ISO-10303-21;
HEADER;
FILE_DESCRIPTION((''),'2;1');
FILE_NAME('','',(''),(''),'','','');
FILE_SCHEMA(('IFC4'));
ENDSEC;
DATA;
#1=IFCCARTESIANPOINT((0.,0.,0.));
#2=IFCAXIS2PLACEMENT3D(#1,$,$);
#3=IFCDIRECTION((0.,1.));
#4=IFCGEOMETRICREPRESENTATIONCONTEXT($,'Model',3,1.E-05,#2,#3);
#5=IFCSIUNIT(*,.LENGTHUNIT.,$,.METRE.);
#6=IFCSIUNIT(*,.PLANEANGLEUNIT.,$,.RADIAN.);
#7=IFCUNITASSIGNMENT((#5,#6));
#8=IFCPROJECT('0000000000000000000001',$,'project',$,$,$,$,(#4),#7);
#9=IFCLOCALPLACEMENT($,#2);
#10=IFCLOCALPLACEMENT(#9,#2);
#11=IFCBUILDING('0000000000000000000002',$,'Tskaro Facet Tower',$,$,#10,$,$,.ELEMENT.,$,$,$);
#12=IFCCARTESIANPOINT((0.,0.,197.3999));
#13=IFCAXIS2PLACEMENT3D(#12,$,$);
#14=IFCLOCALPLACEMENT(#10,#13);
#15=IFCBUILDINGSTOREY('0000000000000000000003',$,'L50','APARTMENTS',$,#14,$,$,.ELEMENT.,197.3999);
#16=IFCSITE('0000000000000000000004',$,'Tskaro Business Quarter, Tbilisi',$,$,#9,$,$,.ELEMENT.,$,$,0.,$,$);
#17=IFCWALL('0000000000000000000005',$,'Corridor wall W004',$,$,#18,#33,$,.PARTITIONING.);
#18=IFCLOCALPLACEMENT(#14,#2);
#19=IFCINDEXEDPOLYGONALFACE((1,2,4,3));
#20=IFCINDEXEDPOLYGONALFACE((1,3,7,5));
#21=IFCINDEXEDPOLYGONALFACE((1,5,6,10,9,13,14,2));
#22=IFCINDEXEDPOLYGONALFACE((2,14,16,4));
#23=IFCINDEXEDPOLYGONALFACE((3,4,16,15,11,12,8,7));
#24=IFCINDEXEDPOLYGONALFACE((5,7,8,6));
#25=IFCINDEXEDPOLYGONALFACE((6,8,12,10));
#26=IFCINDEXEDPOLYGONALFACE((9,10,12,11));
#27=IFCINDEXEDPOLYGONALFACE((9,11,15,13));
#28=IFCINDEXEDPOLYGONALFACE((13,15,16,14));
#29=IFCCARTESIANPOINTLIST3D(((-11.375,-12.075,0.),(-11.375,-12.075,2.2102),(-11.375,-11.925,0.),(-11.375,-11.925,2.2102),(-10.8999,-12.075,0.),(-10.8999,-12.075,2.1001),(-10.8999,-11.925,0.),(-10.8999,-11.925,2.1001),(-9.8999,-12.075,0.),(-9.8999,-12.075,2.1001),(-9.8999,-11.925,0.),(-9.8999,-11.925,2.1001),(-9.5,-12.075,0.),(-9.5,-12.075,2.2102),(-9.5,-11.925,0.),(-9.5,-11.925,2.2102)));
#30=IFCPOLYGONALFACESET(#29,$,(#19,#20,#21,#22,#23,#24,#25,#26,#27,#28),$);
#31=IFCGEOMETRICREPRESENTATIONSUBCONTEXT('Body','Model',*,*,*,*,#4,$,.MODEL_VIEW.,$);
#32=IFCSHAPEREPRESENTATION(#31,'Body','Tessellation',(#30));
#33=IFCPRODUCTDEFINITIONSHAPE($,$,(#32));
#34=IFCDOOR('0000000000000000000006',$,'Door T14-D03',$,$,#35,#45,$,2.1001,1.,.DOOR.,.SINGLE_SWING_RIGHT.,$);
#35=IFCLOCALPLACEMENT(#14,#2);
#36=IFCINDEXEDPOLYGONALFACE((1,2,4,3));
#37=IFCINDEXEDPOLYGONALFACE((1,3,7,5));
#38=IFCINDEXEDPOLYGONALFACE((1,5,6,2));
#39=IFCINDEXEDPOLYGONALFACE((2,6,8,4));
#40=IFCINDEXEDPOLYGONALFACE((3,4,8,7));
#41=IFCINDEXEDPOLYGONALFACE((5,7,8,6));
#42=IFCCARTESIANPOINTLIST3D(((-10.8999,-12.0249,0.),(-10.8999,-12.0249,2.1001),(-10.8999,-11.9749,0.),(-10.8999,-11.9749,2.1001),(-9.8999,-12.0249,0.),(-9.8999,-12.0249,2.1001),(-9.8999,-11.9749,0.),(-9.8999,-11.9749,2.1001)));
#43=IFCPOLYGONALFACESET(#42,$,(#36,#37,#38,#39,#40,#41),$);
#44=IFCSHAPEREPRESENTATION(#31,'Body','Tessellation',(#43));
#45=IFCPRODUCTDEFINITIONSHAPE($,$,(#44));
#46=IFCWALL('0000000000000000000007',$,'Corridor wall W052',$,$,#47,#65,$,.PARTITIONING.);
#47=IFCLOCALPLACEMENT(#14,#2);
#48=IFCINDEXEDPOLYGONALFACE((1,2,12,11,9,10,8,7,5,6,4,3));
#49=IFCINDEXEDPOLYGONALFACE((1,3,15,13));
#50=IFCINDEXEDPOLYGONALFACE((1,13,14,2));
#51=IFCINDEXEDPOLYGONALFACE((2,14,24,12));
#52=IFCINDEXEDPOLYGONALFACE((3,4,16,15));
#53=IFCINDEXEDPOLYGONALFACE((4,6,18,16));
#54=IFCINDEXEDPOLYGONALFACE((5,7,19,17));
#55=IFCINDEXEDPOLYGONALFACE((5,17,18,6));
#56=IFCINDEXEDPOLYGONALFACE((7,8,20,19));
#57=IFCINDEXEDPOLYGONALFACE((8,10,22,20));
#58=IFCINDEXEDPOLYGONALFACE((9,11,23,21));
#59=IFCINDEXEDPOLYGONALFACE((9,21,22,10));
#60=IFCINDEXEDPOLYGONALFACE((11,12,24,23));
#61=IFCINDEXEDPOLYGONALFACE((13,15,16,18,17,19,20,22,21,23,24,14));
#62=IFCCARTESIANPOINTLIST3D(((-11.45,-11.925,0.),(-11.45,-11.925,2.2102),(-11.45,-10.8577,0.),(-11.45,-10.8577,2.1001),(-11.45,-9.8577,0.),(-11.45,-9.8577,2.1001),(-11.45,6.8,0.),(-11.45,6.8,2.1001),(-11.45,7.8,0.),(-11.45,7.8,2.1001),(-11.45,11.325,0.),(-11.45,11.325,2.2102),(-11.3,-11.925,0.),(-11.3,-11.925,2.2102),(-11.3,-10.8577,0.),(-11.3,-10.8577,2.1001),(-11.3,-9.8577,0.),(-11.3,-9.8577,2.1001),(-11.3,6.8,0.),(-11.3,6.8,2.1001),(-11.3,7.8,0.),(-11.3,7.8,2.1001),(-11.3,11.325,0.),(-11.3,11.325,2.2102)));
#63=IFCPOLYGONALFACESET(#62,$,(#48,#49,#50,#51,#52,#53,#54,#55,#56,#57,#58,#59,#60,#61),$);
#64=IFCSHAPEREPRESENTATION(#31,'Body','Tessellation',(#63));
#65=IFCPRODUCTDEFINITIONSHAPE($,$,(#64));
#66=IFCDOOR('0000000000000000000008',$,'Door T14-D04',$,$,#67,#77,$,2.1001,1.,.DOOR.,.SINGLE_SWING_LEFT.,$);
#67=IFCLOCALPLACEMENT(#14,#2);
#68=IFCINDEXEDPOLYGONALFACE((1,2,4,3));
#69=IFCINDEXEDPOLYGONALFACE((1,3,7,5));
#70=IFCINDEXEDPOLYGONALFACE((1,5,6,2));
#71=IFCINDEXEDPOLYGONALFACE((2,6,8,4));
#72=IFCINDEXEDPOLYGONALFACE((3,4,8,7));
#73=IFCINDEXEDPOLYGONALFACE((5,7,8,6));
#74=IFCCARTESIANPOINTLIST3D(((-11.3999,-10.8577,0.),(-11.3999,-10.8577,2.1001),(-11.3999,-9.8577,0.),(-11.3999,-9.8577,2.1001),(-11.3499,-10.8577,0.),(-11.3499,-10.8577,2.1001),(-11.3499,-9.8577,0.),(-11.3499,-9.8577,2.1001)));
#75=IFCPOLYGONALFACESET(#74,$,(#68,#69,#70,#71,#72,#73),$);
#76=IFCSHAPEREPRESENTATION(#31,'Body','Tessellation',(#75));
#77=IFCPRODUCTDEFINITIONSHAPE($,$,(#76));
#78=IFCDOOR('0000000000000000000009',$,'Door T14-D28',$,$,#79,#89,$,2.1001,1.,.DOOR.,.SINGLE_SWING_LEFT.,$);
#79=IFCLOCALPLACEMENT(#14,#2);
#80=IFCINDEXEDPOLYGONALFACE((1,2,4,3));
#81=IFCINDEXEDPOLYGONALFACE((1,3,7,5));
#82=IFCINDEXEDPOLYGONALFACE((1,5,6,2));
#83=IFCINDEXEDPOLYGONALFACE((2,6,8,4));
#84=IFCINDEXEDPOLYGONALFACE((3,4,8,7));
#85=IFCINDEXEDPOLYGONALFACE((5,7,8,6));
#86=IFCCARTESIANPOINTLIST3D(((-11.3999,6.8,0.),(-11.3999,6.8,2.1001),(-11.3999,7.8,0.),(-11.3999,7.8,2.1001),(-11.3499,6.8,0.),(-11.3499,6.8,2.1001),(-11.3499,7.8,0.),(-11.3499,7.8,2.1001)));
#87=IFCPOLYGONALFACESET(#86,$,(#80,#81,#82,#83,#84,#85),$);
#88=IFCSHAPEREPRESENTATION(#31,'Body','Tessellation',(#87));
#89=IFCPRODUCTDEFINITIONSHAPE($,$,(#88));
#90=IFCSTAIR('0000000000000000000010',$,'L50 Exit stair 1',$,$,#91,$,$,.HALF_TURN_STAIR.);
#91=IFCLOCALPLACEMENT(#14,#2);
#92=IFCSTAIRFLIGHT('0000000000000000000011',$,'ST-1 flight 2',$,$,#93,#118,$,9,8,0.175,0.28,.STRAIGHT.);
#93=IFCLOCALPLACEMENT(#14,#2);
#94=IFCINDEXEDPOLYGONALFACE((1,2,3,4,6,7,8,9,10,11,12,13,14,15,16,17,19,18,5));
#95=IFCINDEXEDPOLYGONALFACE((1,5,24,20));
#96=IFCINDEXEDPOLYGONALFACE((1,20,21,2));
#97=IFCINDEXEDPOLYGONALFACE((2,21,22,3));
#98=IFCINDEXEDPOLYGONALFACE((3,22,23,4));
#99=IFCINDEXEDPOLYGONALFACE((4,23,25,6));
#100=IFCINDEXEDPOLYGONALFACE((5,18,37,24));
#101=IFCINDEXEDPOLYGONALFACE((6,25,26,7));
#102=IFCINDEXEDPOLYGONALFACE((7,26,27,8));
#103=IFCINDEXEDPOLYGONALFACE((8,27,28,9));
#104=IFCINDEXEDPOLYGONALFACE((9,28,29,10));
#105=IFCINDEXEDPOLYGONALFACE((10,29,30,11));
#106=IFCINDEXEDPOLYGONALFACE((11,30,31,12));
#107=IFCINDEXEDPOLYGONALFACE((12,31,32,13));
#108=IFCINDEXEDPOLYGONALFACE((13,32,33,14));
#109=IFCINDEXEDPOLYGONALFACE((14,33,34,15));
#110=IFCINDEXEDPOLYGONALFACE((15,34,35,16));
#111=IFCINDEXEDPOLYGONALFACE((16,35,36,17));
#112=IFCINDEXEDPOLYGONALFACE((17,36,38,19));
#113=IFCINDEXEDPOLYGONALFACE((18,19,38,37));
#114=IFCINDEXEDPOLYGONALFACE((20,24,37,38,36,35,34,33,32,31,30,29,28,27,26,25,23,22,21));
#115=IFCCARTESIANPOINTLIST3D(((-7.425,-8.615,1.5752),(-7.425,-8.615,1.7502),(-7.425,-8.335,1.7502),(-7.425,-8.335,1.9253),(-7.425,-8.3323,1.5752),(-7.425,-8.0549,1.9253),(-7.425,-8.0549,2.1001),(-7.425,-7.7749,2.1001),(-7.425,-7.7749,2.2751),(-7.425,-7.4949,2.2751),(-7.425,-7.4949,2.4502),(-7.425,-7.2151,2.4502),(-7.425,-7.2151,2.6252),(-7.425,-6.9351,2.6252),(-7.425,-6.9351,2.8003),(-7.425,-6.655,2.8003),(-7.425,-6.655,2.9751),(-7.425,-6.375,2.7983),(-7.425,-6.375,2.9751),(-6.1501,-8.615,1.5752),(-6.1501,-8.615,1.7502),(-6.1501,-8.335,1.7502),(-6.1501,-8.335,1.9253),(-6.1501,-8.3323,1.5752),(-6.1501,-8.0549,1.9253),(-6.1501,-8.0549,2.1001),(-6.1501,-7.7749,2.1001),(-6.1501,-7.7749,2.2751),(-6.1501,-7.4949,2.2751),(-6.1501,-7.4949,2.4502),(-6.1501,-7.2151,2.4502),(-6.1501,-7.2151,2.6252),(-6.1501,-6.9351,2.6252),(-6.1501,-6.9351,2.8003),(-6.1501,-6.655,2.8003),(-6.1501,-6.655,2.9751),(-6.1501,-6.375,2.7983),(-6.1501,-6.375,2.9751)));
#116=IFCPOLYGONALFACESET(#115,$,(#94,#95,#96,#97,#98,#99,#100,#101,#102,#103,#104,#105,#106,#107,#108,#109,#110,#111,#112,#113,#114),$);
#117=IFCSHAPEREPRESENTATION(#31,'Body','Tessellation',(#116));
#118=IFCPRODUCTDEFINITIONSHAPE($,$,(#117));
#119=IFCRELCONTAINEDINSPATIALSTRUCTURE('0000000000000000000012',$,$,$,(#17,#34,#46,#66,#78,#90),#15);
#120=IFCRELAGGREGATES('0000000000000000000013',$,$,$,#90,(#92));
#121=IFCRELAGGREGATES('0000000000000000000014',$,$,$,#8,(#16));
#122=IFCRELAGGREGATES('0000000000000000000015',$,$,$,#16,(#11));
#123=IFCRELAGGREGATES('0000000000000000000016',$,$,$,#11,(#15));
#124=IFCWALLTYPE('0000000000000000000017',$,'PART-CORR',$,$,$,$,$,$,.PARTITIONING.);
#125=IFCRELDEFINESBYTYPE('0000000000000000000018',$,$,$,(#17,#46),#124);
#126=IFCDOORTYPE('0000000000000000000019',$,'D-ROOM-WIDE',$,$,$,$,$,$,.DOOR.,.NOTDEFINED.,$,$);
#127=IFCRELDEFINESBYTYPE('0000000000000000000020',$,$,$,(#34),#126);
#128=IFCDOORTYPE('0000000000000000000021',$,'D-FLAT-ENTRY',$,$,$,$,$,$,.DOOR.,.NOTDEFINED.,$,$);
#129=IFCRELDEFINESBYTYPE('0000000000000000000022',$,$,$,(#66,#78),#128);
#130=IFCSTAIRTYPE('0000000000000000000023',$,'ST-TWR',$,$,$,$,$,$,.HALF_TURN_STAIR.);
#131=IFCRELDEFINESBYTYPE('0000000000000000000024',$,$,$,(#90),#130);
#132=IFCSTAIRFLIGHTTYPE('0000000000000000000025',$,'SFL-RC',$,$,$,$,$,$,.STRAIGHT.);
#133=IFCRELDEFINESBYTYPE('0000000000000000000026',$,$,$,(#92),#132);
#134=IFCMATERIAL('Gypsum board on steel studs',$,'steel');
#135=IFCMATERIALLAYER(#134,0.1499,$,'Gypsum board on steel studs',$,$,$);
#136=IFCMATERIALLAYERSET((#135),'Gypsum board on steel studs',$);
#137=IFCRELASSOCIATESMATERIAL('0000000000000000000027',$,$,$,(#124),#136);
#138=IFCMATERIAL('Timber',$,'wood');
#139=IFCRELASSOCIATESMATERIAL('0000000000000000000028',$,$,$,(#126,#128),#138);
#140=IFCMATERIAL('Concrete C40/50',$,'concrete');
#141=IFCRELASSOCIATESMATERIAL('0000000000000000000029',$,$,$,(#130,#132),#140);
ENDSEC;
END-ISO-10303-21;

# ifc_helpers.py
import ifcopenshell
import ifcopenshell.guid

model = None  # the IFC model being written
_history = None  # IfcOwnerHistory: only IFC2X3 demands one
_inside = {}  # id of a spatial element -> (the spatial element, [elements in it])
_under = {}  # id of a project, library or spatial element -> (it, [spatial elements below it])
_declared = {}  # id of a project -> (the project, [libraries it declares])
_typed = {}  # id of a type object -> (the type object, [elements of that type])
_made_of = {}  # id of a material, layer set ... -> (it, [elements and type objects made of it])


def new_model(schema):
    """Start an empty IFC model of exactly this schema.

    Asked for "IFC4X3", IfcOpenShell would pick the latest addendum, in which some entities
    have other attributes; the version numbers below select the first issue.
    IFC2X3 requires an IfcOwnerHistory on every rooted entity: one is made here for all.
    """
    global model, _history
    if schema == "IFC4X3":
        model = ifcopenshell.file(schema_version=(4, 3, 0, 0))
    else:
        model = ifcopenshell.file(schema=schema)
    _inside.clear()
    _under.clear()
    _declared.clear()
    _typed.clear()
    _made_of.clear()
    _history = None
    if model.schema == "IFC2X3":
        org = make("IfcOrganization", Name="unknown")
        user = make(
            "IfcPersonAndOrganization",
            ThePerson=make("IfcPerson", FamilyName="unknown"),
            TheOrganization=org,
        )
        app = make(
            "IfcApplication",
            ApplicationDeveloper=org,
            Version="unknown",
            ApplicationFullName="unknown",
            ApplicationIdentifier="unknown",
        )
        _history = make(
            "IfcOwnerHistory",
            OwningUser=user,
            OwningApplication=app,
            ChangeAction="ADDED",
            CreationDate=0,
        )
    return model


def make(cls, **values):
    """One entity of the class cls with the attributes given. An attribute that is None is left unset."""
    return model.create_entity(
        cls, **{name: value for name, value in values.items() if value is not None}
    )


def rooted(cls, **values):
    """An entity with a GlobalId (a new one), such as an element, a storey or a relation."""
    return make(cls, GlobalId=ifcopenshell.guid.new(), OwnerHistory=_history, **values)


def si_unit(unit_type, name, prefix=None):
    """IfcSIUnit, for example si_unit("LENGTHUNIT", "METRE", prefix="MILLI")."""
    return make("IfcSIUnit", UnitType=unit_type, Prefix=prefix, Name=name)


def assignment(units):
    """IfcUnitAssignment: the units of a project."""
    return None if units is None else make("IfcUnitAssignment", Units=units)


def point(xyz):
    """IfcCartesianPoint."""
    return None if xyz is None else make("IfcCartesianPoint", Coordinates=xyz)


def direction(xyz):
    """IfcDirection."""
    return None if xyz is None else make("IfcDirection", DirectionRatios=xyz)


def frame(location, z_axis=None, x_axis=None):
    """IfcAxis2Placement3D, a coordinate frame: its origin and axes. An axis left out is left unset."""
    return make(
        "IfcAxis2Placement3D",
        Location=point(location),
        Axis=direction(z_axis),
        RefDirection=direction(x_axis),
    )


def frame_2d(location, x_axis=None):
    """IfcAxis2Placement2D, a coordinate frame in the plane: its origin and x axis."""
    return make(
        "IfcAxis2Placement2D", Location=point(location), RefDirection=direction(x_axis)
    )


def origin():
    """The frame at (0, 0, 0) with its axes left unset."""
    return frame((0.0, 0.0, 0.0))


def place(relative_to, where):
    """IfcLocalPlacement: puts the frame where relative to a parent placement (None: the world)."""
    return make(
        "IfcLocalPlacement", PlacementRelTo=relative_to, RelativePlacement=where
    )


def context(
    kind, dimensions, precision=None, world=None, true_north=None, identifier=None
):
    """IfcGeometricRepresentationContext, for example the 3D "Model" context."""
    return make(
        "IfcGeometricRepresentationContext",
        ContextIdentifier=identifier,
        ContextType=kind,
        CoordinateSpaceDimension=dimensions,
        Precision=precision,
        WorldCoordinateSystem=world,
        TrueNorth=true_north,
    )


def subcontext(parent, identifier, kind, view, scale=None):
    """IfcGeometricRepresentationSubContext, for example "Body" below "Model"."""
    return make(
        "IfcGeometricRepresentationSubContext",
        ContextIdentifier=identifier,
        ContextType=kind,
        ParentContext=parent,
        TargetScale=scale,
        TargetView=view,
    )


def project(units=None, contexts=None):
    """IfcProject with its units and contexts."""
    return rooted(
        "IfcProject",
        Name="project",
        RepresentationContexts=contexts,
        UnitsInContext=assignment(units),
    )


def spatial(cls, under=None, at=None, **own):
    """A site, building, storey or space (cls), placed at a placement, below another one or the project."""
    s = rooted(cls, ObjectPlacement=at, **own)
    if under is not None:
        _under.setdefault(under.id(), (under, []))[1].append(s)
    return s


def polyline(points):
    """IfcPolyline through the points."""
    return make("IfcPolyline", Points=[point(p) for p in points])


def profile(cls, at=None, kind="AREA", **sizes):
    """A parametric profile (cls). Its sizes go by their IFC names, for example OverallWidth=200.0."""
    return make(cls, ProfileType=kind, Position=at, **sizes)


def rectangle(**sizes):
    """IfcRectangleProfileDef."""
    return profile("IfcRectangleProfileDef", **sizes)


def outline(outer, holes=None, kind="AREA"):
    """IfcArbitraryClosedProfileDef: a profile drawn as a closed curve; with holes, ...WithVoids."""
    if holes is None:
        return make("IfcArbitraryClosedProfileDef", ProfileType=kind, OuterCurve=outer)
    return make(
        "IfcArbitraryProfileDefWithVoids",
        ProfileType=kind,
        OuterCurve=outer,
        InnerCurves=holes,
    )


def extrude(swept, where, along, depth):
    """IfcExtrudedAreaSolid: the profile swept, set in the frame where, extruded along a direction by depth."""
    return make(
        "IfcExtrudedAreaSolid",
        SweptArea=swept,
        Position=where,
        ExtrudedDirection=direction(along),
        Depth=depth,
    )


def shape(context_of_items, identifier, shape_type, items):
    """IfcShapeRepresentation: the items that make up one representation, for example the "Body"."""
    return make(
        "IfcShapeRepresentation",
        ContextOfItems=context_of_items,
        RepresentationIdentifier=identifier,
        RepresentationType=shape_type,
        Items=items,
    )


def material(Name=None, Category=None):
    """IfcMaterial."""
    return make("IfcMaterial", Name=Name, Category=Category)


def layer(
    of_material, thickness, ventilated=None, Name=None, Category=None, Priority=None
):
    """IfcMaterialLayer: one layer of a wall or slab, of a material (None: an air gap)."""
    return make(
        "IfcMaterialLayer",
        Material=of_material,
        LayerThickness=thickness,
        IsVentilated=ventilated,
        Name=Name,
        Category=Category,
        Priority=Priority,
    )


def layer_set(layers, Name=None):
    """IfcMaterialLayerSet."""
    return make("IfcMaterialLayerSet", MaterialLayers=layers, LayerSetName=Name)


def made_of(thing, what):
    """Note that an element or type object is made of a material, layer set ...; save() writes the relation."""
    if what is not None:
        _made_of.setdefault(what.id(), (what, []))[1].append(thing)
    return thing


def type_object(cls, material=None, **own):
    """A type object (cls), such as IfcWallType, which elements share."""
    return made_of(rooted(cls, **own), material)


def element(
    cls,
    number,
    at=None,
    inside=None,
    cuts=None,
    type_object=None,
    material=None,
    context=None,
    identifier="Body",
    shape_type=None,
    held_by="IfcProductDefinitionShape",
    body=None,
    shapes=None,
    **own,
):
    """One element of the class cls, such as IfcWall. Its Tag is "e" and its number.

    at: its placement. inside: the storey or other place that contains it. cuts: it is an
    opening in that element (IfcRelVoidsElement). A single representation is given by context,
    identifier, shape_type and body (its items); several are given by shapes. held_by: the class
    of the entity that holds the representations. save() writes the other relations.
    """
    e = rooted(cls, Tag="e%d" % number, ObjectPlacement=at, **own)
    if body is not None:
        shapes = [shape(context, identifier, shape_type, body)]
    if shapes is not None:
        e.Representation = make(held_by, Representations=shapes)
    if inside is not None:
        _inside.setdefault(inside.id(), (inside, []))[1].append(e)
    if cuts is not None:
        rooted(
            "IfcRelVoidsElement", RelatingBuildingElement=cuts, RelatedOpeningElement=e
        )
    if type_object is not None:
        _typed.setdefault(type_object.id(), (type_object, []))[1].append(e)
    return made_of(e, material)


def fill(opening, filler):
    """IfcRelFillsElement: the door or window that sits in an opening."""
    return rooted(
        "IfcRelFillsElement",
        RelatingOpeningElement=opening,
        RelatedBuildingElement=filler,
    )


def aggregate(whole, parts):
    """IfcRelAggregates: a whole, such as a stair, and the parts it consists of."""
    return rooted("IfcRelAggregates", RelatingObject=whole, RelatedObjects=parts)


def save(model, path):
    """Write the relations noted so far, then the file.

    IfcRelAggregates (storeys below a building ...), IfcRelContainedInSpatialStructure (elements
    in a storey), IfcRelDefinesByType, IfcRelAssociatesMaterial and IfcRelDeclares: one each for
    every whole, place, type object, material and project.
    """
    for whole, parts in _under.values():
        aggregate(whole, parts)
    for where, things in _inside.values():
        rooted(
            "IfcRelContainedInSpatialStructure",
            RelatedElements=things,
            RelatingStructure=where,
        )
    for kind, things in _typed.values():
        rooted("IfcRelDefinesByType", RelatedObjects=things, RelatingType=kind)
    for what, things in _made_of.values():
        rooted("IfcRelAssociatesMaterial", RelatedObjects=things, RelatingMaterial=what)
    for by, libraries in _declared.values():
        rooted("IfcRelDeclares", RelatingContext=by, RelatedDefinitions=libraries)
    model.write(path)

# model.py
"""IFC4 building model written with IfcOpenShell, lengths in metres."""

from ifc_helpers import new_model, si_unit, direction, frame, frame_2d, origin, place, context, subcontext, project, spatial, polyline, rectangle, outline, extrude, material, layer, layer_set, type_object, element, fill, aggregate, save


model = new_model("IFC4")

# Units and contexts
model_context = context("Model", 3, precision=1e-05, world=origin(), true_north=direction((0.0, 1.0)))
body_context = subcontext(model_context, "Body", "Model", "MODEL_VIEW")
ifc_project = project(units=[si_unit("LENGTHUNIT", "METRE"), si_unit("PLANEANGLEUNIT", "RADIAN")], contexts=[model_context])

# Site, building, storey
site_placement = place(None, origin())
site = spatial("IfcSite", under=ifc_project, at=site_placement, Name="Tskaro Business Quarter, Tbilisi", CompositionType="ELEMENT", RefElevation=0.0)
building_placement = place(site_placement, origin())
building = spatial("IfcBuilding", under=site, at=building_placement, Name="Tskaro Facet Tower", CompositionType="ELEMENT")
storey_placement = place(building_placement, frame((0.0, 0.0, 197.3999)))
storey = spatial("IfcBuildingStorey", under=building, at=storey_placement, Name="L50", Description="APARTMENTS", CompositionType="ELEMENT", Elevation=197.3999)

# Shared definitions
ifc_material_1 = material(Name="Concrete C40/50", Category="concrete")

# Wall, opening, door
ifc_material_2 = material(Name="Gypsum board on steel studs", Category="steel")
ifc_layer_1 = layer(ifc_material_2, 0.1499, Name="Gypsum board on steel studs")
ifc_layer_set_1 = layer_set([ifc_layer_1], Name="Gypsum board on steel studs")
wall_type_1 = type_object("IfcWallType", Name="PART-CORR", PredefinedType="PARTITIONING", material=ifc_layer_set_1)
wall_1_placement = place(storey_placement, frame((-9.5, -12.0, 0.0), z_axis=(0.0, 0.0, 1.0), x_axis=(-1.0, 0.0, 0.0)))
wall_1 = element("IfcWall", 1, at=wall_1_placement, inside=storey, type_object=wall_type_1, Name="Corridor wall W004", PredefinedType="PARTITIONING", context=body_context, shape_type="SweptSolid", body=[
    extrude(rectangle(XDim=1.875, YDim=0.1499, at=frame_2d((0.9375, 0.0))), origin(), (0.0, 0.0, 1.0), 2.2102),
])
opening_1_placement = place(wall_1_placement, frame((0.3999, 0.0, 0.0)))
opening_1 = element("IfcOpeningElement", 2, at=opening_1_placement, cuts=wall_1, PredefinedType="OPENING", context=body_context, shape_type="SweptSolid", body=[
    extrude(rectangle(XDim=1.0, YDim=2.1001, at=frame_2d((0.5, 1.05))), frame((0.0, 0.085, 0.0), z_axis=(0.0, -1.0, 0.0), x_axis=(1.0, 0.0, 0.0)), (0.0, 0.0, 1.0), 0.1699),
])
ifc_material_3 = material(Name="Timber", Category="wood")
door_type_1 = type_object("IfcDoorType", Name="D-ROOM-WIDE", OperationType="NOTDEFINED", PredefinedType="DOOR", material=ifc_material_3)
door_1_placement = place(opening_1_placement, origin())
door_1 = element("IfcDoor", 3, at=door_1_placement, inside=storey, type_object=door_type_1, Name="Door T14-D03", OperationType="SINGLE_SWING_RIGHT", OverallHeight=2.1001, OverallWidth=1.0, PredefinedType="DOOR", context=body_context, shape_type="SweptSolid", body=[
    extrude(rectangle(XDim=1.0, YDim=2.1001, at=frame_2d((0.5, 1.05))), frame((0.0, 0.0249, 0.0), z_axis=(0.0, -1.0, 0.0), x_axis=(1.0, 0.0, 0.0)), (0.0, 0.0, 1.0), 0.05),
])
fill(opening_1, door_1)

# Wall, openings, doors
wall_2_placement = place(storey_placement, frame((-11.375, -11.925, 0.0), z_axis=(0.0, 0.0, 1.0), x_axis=(0.0, 1.0, 0.0)))
wall_2 = element("IfcWall", 4, at=wall_2_placement, inside=storey, type_object=wall_type_1, Name="Corridor wall W052", PredefinedType="PARTITIONING", context=body_context, shape_type="SweptSolid", body=[
    extrude(rectangle(XDim=23.25, YDim=0.1499, at=frame_2d((11.625, 0.0))), origin(), (0.0, 0.0, 1.0), 2.2102),
])
opening_2_placement = place(wall_2_placement, frame((1.0674, 0.0, 0.0)))
opening_2 = element("IfcOpeningElement", 5, at=opening_2_placement, cuts=wall_2, PredefinedType="OPENING", context=body_context, shape_type="SweptSolid", body=[
    extrude(rectangle(XDim=1.0, YDim=2.1001, at=frame_2d((0.5, 1.05))), frame((0.0, 0.085, 0.0), z_axis=(0.0, -1.0, 0.0), x_axis=(1.0, 0.0, 0.0)), (0.0, 0.0, 1.0), 0.1699),
])
opening_3_placement = place(wall_2_placement, frame((18.7251, 0.0, 0.0)))
opening_3 = element("IfcOpeningElement", 6, at=opening_3_placement, cuts=wall_2, PredefinedType="OPENING", context=body_context, shape_type="SweptSolid", body=[
    extrude(rectangle(XDim=1.0, YDim=2.1001, at=frame_2d((0.5, 1.05))), frame((0.0, 0.085, 0.0), z_axis=(0.0, -1.0, 0.0), x_axis=(1.0, 0.0, 0.0)), (0.0, 0.0, 1.0), 0.1699),
])
door_type_2 = type_object("IfcDoorType", Name="D-FLAT-ENTRY", OperationType="NOTDEFINED", PredefinedType="DOOR", material=ifc_material_3)
door_2_placement = place(opening_2_placement, origin())
door_2 = element("IfcDoor", 7, at=door_2_placement, inside=storey, type_object=door_type_2, Name="Door T14-D04", OperationType="SINGLE_SWING_LEFT", OverallHeight=2.1001, OverallWidth=1.0, PredefinedType="DOOR", context=body_context, shape_type="SweptSolid", body=[
    extrude(rectangle(XDim=1.0, YDim=2.1001, at=frame_2d((0.5, 1.05))), frame((0.0, 0.0249, 0.0), z_axis=(0.0, -1.0, 0.0), x_axis=(1.0, 0.0, 0.0)), (0.0, 0.0, 1.0), 0.05),
])
fill(opening_2, door_2)
door_3_placement = place(opening_3_placement, origin())
door_3 = element("IfcDoor", 8, at=door_3_placement, inside=storey, type_object=door_type_2, Name="Door T14-D28", OperationType="SINGLE_SWING_LEFT", OverallHeight=2.1001, OverallWidth=1.0, PredefinedType="DOOR", context=body_context, shape_type="SweptSolid", body=[
    extrude(rectangle(XDim=1.0, YDim=2.1001, at=frame_2d((0.5, 1.05))), frame((0.0, 0.0249, 0.0), z_axis=(0.0, -1.0, 0.0), x_axis=(1.0, 0.0, 0.0)), (0.0, 0.0, 1.0), 0.05),
])
fill(opening_3, door_3)

# Stair, stair flight
stair_type = type_object("IfcStairType", Name="ST-TWR", PredefinedType="HALF_TURN_STAIR", material=ifc_material_1)
stair_placement = place(storey_placement, origin())
stair = element("IfcStair", 9, at=stair_placement, inside=storey, type_object=stair_type, Name="L50 Exit stair 1", PredefinedType="HALF_TURN_STAIR")
stair_flight_type = type_object("IfcStairFlightType", Name="SFL-RC", PredefinedType="STRAIGHT", material=ifc_material_1)
stair_flight_placement = place(storey_placement, frame((-6.7876, -8.615, 1.5752), z_axis=(0.0, 0.0, 1.0), x_axis=(0.0, 1.0, 0.0)))
stair_flight = element("IfcStairFlight", 10, at=stair_flight_placement, type_object=stair_flight_type, Name="ST-1 flight 2", NumberOfRisers=9, NumberOfTreads=8, PredefinedType="STRAIGHT", RiserHeight=0.175, TreadLength=0.28, context=body_context, shape_type="SweptSolid", body=[
    extrude(outline(polyline([(0.0, 0.0), (0.0, 0.175), (0.28, 0.175), (0.28, 0.3501), (0.5601, 0.3501), (0.5601, 0.5249), (0.8401, 0.5249), (0.8401, 0.7), (1.1201, 0.7), (1.1201, 0.875), (1.3999, 0.875), (1.3999, 1.05), (1.6799, 1.05), (1.6799, 1.2251), (1.96, 1.2251), (1.96, 1.3999), (2.24, 1.3999), (2.24, 1.575), (2.24, 1.2231), (0.2827, 0.0), (0.0, 0.0)])), frame((0.0, 0.6375, 0.0), z_axis=(0.0, -1.0, 0.0), x_axis=(1.0, 0.0, 0.0)), (0.0, 0.0, 1.0), 1.2749),
])
aggregate(stair, [stair_flight])

save(model, "model.ifc")
